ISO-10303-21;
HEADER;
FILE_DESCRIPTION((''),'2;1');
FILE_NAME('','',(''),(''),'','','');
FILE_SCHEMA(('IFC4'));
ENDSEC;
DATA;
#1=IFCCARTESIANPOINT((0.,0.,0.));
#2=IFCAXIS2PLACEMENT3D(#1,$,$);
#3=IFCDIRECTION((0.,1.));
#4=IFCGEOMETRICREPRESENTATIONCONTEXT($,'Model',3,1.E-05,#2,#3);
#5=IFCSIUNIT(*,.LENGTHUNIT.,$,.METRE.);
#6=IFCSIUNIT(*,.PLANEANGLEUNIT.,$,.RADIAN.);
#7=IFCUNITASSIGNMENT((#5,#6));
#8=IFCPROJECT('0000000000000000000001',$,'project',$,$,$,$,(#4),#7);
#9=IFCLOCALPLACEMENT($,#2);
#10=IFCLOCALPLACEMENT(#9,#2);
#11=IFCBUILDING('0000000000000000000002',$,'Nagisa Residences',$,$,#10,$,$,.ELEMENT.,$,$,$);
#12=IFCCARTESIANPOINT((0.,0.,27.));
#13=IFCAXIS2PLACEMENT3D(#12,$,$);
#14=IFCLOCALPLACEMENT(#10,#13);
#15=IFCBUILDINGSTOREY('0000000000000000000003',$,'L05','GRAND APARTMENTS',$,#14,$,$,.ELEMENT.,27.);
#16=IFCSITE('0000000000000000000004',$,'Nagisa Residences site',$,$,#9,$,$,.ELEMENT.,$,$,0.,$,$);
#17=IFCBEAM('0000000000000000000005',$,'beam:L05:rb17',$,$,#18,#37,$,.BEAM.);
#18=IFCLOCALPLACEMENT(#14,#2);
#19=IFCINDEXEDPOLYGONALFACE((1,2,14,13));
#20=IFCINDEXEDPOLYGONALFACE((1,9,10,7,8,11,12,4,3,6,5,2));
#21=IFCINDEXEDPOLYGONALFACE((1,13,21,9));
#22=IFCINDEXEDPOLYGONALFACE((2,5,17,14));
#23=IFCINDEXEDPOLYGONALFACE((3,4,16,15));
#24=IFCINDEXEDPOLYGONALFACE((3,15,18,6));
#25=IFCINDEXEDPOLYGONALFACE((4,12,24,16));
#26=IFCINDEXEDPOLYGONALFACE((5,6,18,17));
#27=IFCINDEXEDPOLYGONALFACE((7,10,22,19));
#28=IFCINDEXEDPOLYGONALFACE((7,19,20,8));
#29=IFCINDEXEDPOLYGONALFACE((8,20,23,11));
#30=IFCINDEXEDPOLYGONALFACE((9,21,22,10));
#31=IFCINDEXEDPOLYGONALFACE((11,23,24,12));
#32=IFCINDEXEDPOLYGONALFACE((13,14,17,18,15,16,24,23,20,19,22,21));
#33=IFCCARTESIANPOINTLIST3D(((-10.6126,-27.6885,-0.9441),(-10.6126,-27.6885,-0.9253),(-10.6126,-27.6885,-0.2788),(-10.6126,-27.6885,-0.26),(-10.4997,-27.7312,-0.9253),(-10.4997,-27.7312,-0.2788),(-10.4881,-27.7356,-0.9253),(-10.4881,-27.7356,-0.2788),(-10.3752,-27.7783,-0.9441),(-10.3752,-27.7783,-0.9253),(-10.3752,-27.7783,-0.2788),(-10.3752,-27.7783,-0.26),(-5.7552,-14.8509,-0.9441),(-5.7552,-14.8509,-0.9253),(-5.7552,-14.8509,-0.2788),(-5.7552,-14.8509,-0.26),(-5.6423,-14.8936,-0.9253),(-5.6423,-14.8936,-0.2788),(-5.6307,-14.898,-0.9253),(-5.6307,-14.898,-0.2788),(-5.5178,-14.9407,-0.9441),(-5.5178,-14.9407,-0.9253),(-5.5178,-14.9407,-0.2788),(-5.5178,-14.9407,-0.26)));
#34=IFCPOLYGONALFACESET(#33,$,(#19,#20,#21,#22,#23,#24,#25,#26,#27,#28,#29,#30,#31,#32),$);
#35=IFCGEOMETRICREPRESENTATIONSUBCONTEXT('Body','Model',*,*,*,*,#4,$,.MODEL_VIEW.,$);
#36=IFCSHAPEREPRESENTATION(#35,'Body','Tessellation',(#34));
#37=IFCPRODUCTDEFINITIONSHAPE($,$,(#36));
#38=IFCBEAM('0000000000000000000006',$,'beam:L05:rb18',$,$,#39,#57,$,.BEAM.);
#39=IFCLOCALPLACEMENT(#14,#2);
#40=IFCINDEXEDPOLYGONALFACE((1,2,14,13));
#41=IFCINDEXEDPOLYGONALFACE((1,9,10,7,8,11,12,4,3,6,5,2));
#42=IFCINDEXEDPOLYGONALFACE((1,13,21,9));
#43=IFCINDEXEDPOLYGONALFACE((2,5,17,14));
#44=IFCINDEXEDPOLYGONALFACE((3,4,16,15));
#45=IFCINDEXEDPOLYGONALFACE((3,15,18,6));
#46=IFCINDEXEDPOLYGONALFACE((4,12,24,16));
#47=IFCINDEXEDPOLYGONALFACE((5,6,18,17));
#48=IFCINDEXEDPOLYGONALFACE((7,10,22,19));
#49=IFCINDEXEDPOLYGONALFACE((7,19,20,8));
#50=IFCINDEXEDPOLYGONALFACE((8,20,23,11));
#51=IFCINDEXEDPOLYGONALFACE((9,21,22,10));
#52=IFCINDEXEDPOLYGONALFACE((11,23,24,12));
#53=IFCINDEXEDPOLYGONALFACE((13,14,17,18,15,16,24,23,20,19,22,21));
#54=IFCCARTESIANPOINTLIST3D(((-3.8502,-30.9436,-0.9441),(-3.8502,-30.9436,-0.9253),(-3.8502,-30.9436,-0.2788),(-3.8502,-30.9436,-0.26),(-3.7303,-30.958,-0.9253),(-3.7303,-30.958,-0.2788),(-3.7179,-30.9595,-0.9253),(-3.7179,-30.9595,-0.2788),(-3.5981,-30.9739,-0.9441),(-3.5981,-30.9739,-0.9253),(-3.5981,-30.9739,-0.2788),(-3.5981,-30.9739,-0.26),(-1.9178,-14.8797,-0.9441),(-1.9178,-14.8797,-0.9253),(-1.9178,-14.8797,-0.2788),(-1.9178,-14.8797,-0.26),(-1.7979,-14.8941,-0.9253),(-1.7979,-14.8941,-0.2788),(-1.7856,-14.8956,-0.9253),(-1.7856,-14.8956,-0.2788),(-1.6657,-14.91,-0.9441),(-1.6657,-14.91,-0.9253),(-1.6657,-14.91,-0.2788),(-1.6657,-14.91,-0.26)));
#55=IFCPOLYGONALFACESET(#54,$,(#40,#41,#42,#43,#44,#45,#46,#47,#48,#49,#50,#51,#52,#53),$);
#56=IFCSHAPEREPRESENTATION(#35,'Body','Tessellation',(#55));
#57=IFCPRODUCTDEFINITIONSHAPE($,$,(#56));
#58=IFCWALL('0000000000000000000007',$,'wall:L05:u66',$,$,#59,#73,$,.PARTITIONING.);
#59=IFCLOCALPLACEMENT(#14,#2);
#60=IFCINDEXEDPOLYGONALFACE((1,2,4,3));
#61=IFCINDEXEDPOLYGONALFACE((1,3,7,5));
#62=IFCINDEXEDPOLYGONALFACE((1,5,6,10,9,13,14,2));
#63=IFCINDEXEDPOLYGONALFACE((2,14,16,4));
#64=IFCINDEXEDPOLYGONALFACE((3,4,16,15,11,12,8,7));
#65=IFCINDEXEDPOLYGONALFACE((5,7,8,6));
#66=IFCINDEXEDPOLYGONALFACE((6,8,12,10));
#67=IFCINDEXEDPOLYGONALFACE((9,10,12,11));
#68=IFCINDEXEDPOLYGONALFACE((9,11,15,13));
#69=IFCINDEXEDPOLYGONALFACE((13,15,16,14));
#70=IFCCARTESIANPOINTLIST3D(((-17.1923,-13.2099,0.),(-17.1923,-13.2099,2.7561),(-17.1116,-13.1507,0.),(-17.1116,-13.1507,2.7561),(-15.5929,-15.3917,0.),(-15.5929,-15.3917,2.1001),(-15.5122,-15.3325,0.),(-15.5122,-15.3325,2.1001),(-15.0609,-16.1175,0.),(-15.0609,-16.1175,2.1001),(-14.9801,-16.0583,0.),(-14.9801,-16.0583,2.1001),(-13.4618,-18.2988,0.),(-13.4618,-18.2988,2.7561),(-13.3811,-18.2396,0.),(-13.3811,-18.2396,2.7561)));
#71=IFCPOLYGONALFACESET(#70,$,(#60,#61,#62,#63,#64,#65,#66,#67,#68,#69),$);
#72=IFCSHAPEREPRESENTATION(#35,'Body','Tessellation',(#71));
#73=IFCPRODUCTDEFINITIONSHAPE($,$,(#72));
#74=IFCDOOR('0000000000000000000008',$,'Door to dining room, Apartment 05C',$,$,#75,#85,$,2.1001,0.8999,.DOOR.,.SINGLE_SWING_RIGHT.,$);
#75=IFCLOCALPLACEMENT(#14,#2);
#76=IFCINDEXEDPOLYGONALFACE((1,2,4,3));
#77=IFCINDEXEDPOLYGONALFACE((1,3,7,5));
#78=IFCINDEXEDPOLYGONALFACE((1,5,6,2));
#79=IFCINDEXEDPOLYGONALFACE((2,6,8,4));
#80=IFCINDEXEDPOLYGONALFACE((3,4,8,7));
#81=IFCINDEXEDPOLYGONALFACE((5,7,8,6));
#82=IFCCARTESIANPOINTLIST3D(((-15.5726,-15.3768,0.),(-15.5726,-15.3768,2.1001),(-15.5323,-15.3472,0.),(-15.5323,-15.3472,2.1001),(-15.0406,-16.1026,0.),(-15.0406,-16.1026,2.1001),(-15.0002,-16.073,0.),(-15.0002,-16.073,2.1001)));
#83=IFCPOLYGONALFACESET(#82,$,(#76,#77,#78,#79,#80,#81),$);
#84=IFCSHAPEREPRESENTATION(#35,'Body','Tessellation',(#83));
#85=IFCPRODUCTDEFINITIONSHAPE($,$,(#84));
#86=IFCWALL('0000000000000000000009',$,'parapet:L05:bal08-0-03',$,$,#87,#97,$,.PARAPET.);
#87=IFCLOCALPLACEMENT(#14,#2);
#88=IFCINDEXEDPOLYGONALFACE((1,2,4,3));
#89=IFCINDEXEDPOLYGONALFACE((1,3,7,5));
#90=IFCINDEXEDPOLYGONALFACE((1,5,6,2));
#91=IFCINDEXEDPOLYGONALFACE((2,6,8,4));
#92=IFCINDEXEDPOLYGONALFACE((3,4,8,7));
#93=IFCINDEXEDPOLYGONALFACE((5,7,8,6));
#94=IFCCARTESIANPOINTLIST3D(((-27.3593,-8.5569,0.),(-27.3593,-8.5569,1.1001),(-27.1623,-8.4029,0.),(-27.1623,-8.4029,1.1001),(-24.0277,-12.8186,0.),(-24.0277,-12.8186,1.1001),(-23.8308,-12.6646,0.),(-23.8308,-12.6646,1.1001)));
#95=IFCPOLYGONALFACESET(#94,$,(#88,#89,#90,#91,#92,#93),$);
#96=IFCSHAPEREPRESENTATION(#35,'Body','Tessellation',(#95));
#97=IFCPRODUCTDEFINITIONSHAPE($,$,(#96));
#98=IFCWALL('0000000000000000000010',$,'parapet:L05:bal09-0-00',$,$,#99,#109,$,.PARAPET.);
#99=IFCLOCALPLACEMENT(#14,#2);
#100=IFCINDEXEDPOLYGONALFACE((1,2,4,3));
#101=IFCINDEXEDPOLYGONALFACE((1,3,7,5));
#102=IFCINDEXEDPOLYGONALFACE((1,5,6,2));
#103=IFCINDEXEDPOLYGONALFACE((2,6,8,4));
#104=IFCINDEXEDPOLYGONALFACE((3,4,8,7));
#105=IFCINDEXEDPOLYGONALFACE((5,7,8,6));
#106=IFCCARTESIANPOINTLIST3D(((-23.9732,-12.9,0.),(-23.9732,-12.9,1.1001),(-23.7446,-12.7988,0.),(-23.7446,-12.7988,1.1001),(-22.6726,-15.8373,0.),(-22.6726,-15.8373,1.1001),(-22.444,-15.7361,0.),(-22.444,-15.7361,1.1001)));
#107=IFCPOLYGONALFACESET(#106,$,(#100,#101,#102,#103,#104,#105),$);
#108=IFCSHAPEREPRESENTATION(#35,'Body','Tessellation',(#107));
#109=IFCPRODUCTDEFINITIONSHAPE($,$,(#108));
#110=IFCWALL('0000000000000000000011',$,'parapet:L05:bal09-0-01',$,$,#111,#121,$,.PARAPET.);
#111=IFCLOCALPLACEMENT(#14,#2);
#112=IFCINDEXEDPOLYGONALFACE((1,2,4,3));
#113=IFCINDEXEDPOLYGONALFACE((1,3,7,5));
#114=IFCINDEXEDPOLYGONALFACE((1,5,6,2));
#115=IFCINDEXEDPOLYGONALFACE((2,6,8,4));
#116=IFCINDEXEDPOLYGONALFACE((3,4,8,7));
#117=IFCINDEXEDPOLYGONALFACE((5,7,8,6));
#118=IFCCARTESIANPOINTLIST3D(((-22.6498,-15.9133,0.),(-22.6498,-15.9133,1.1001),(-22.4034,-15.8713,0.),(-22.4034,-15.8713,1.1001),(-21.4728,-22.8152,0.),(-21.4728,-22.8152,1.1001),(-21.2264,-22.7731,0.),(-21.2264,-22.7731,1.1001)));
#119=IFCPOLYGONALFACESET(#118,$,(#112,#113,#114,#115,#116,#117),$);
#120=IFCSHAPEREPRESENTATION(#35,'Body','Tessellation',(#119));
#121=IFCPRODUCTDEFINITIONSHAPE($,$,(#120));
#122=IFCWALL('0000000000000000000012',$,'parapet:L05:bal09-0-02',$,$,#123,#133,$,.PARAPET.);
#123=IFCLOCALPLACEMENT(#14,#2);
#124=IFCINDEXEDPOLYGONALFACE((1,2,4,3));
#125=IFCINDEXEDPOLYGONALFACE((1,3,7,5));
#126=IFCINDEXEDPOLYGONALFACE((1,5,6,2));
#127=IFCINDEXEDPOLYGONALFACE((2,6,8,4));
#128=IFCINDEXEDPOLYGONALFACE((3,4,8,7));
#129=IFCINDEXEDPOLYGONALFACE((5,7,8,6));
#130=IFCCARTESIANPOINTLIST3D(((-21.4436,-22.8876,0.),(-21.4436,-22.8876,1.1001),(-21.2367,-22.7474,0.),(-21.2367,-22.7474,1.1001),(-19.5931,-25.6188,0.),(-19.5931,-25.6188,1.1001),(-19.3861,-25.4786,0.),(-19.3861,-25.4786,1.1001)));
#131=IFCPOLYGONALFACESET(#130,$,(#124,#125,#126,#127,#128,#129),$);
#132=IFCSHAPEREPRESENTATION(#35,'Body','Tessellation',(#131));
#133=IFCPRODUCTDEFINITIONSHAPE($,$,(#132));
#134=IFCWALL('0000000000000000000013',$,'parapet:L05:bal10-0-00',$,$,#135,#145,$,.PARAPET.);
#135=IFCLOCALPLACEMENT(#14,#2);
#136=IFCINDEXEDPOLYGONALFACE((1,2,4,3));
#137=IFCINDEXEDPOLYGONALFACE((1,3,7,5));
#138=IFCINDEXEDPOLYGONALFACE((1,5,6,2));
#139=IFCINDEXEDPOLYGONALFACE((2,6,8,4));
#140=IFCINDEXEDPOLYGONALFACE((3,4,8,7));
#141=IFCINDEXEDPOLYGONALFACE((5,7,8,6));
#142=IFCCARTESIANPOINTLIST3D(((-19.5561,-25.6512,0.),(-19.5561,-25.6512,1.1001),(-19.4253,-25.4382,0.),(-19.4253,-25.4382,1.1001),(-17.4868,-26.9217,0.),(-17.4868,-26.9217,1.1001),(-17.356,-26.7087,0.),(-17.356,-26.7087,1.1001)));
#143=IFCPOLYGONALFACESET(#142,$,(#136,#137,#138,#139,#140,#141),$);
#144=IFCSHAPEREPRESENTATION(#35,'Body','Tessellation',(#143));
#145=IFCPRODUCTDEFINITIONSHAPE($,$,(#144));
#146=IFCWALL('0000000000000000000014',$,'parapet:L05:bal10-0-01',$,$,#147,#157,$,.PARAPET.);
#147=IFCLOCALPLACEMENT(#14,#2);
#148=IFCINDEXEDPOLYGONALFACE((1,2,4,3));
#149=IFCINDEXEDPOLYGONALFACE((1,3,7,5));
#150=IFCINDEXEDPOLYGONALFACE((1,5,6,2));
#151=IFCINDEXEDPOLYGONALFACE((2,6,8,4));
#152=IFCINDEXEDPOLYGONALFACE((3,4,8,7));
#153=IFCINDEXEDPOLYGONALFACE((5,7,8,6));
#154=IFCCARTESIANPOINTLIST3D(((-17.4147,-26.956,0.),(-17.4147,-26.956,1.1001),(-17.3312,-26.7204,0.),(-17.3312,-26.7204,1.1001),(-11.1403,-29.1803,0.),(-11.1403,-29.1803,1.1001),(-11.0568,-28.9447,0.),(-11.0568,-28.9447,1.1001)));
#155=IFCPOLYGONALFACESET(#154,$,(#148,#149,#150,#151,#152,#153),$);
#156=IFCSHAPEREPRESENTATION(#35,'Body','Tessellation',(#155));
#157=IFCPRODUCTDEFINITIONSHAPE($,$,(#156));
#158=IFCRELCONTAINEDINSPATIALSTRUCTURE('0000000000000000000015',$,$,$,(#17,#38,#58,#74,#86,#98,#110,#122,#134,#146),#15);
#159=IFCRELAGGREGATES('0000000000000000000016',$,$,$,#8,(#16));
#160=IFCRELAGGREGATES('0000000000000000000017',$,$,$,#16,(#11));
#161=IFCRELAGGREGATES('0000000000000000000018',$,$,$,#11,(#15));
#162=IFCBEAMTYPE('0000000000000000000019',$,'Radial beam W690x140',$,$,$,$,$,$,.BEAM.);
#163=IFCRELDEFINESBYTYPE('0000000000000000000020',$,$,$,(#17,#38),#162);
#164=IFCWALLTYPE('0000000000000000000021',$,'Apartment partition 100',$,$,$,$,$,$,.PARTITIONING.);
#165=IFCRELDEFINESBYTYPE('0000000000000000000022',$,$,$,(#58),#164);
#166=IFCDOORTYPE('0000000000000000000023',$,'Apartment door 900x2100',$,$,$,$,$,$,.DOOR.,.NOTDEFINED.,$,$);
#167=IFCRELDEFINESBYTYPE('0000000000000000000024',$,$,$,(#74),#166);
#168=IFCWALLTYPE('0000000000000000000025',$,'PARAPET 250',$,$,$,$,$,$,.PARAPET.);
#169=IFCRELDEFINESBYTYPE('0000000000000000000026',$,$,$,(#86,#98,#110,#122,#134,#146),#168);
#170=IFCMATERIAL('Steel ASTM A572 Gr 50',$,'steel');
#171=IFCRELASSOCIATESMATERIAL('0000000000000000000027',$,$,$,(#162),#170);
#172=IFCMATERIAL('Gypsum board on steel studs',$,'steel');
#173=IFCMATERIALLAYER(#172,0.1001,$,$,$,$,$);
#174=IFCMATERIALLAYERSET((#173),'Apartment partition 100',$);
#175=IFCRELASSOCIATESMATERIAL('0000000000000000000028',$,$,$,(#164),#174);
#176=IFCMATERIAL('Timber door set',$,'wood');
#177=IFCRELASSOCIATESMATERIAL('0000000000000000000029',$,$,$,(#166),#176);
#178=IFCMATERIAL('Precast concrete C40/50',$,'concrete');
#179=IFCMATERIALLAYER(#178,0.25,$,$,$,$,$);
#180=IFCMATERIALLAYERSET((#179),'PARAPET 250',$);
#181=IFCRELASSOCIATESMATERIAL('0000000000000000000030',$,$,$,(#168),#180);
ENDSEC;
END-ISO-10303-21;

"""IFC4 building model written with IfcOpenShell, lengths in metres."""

from ifc_helpers import new_model, si_unit, direction, frame, frame_2d, origin, origin_2d, place, context, subcontext, project, spatial, rectangle, i_section, extrude, material, layer, layer_set, material_profile, profile_set, type_object, element, fill, save


model = new_model("IFC4")

# Units and contexts
model_context = context("Model", 3, precision=1e-05, world=origin(), true_north=direction((0.0, 1.0)))
body_context = subcontext(model_context, "Body", "Model", "MODEL_VIEW")
ifc_project = project(units=[si_unit("LENGTHUNIT", "METRE"), si_unit("PLANEANGLEUNIT", "RADIAN")], contexts=[model_context])

# Site, building, storey
site_placement = place(None, origin())
site = spatial("IfcSite", under=ifc_project, at=site_placement, Name="Nagisa Residences site", CompositionType="ELEMENT", RefElevation=0.0)
building_placement = place(site_placement, origin())
building = spatial("IfcBuilding", under=site, at=building_placement, Name="Nagisa Residences", CompositionType="ELEMENT")
storey_placement = place(building_placement, frame((0.0, 0.0, 27.0)))
storey = spatial("IfcBuildingStorey", under=building, at=storey_placement, Name="L05", Description="GRAND APARTMENTS", CompositionType="ELEMENT", Elevation=27.0)

# Beams
ifc_material_1 = material(Name="Steel ASTM A572 Gr 50", Category="steel")
ifc_material_profile_1 = material_profile(ifc_material_1, i_section(OverallWidth=0.2539, OverallDepth=0.6841, WebThickness=0.0125, FlangeThickness=0.0188, at=origin_2d()), Name="W690x140")
ifc_profile_set_1 = profile_set([ifc_material_profile_1], Name="Steel ASTM A572 Gr 50")
beam_type_1 = type_object("IfcBeamType", Name="Radial beam W690x140", PredefinedType="BEAM", material=ifc_profile_set_1)
beam_1_placement = place(storey_placement, frame((-10.4939, -27.7334, -0.6021), z_axis=(0.353888, 0.935288, 0.0), x_axis=(-0.935288, 0.353888, 0.0)))
element("IfcBeam", 1, at=beam_1_placement, inside=storey, type_object=beam_type_1, Name="beam:L05:rb17", PredefinedType="BEAM", context=body_context, shape_type="SweptSolid", body=[
    extrude(i_section(OverallWidth=0.2539, OverallDepth=0.6841, WebThickness=0.0125, FlangeThickness=0.0188, at=origin_2d()), origin(), (0.0, 0.0, 1.0), 13.7258),
])
beam_2_placement = place(storey_placement, frame((-3.7241, -30.9587, -0.6021), z_axis=(0.119431, 0.992842, 0.0), x_axis=(-0.992842, 0.119431, 0.0)))
element("IfcBeam", 2, at=beam_2_placement, inside=storey, type_object=beam_type_1, Name="beam:L05:rb18", PredefinedType="BEAM", context=body_context, shape_type="SweptSolid", body=[
    extrude(i_section(OverallWidth=0.2539, OverallDepth=0.6841, WebThickness=0.0125, FlangeThickness=0.0188, at=origin_2d()), origin(), (0.0, 0.0, 1.0), 16.1797),
])

# Wall, opening, door
ifc_material_2 = material(Name="Gypsum board on steel studs", Category="steel")
ifc_layer_1 = layer(ifc_material_2, 0.1001)
ifc_layer_set_1 = layer_set([ifc_layer_1], Name="Apartment partition 100")
wall_type_1 = type_object("IfcWallType", Name="Apartment partition 100", PredefinedType="PARTITIONING", material=ifc_layer_set_1)
wall_1_placement = place(storey_placement, frame((-17.1519, -13.1804, 0.0), z_axis=(0.0, 0.0, 1.0), x_axis=(0.591223, -0.806508, 0.0)))
wall_1 = element("IfcWall", 3, at=wall_1_placement, inside=storey, type_object=wall_type_1, Name="wall:L05:u66", PredefinedType="PARTITIONING", context=body_context, shape_type="SweptSolid", body=[
    extrude(rectangle(XDim=6.3098, YDim=0.1001, at=frame_2d((3.1548, 0.0))), origin(), (0.0, 0.0, 1.0), 2.7561),
])
opening_1_placement = place(wall_1_placement, frame((2.7051, 0.0, 0.0)))
opening_1 = element("IfcOpeningElement", 4, at=opening_1_placement, cuts=wall_1, PredefinedType="OPENING", context=body_context, shape_type="SweptSolid", body=[
    extrude(rectangle(XDim=0.8999, YDim=2.1001, at=frame_2d((0.45, 1.05))), frame((0.0, 0.0601, 0.0), z_axis=(0.0, -1.0, 0.0), x_axis=(1.0, 0.0, 0.0)), (0.0, 0.0, 1.0), 0.1201),
])
ifc_material_3 = material(Name="Timber door set", Category="wood")
door_type_1 = type_object("IfcDoorType", Name="Apartment door 900x2100", OperationType="NOTDEFINED", PredefinedType="DOOR", material=ifc_material_3)
door_1_placement = place(opening_1_placement, frame((0.8999, 0.0, 0.0), x_axis=(-1.0, 0.0, 0.0)))
door_1 = element("IfcDoor", 5, at=door_1_placement, inside=storey, type_object=door_type_1, Name="Door to dining room, Apartment 05C", OperationType="SINGLE_SWING_RIGHT", OverallHeight=2.1001, OverallWidth=0.8999, PredefinedType="DOOR", context=body_context, shape_type="SweptSolid", body=[
    extrude(rectangle(XDim=0.8999, YDim=2.1001, at=frame_2d((0.45, 1.05))), frame((0.0, 0.0249, 0.0), z_axis=(0.0, -1.0, 0.0), x_axis=(1.0, 0.0, 0.0)), (0.0, 0.0, 1.0), 0.05),
])
fill(opening_1, door_1)

# Walls
ifc_material_4 = material(Name="Precast concrete C40/50", Category="concrete")
ifc_layer_2 = layer(ifc_material_4, 0.25)
ifc_layer_set_2 = layer_set([ifc_layer_2], Name="PARAPET 250")
wall_type_2 = type_object("IfcWallType", Name="PARAPET 250", PredefinedType="PARAPET", material=ifc_layer_set_2)
wall_2_placement = place(storey_placement, frame((-27.2607, -8.48, 0.0), z_axis=(0.0, 0.0, 1.0), x_axis=(0.615882, -0.787838, 0.0)))
element("IfcWall", 6, at=wall_2_placement, inside=storey, type_object=wall_type_2, Name="parapet:L05:bal08-0-03", PredefinedType="PARAPET", context=body_context, shape_type="SweptSolid", body=[
    extrude(rectangle(XDim=5.4094, YDim=0.25, at=frame_2d((2.7046, 0.0))), origin(), (0.0, 0.0, 1.0), 1.1001),
])
wall_3_placement = place(storey_placement, frame((-23.8589, -12.8494, 0.0), z_axis=(0.0, 0.0, 1.0), x_axis=(0.404862, -0.914378, 0.0)))
element("IfcWall", 7, at=wall_3_placement, inside=storey, type_object=wall_type_2, Name="parapet:L05:bal09-0-00", PredefinedType="PARAPET", context=body_context, shape_type="SweptSolid", body=[
    extrude(rectangle(XDim=3.2124, YDim=0.25, at=frame_2d((1.6062, 0.0))), origin(), (0.0, 0.0, 1.0), 1.1001),
])
wall_4_placement = place(storey_placement, frame((-22.5266, -15.8923, 0.0), z_axis=(0.0, 0.0, 1.0), x_axis=(0.168107, -0.985769, 0.0)))
element("IfcWall", 8, at=wall_4_placement, inside=storey, type_object=wall_type_2, Name="parapet:L05:bal09-0-01", PredefinedType="PARAPET", context=body_context, shape_type="SweptSolid", body=[
    extrude(rectangle(XDim=7.0015, YDim=0.25, at=frame_2d((3.5007, 0.0))), origin(), (0.0, 0.0, 1.0), 1.1001),
])
wall_5_placement = place(storey_placement, frame((-21.3401, -22.8176, 0.0), z_axis=(0.0, 0.0, 1.0), x_axis=(0.560935, -0.82786, 0.0)))
element("IfcWall", 9, at=wall_5_placement, inside=storey, type_object=wall_type_2, Name="parapet:L05:bal09-0-02", PredefinedType="PARAPET", context=body_context, shape_type="SweptSolid", body=[
    extrude(rectangle(XDim=3.2991, YDim=0.25, at=frame_2d((1.6494, 0.0))), origin(), (0.0, 0.0, 1.0), 1.1001),
])
wall_6_placement = place(storey_placement, frame((-19.4907, -25.5447, 0.0), z_axis=(0.0, 0.0, 1.0), x_axis=(0.852196, -0.523222, 0.0)))
element("IfcWall", 10, at=wall_6_placement, inside=storey, type_object=wall_type_2, Name="parapet:L05:bal10-0-00", PredefinedType="PARAPET", context=body_context, shape_type="SweptSolid", body=[
    extrude(rectangle(XDim=2.4282, YDim=0.25, at=frame_2d((1.2141, 0.0))), origin(), (0.0, 0.0, 1.0), 1.1001),
])
wall_7_placement = place(storey_placement, frame((-17.373, -26.8381, 0.0), z_axis=(0.0, 0.0, 1.0), x_axis=(0.942524, -0.334138, 0.0)))
element("IfcWall", 11, at=wall_7_placement, inside=storey, type_object=wall_type_2, Name="parapet:L05:bal10-0-01", PredefinedType="PARAPET", context=body_context, shape_type="SweptSolid", body=[
    extrude(rectangle(XDim=6.657, YDim=0.25, at=frame_2d((3.3286, 0.0))), origin(), (0.0, 0.0, 1.0), 1.1001),
])

save(model, "model.ifc")
